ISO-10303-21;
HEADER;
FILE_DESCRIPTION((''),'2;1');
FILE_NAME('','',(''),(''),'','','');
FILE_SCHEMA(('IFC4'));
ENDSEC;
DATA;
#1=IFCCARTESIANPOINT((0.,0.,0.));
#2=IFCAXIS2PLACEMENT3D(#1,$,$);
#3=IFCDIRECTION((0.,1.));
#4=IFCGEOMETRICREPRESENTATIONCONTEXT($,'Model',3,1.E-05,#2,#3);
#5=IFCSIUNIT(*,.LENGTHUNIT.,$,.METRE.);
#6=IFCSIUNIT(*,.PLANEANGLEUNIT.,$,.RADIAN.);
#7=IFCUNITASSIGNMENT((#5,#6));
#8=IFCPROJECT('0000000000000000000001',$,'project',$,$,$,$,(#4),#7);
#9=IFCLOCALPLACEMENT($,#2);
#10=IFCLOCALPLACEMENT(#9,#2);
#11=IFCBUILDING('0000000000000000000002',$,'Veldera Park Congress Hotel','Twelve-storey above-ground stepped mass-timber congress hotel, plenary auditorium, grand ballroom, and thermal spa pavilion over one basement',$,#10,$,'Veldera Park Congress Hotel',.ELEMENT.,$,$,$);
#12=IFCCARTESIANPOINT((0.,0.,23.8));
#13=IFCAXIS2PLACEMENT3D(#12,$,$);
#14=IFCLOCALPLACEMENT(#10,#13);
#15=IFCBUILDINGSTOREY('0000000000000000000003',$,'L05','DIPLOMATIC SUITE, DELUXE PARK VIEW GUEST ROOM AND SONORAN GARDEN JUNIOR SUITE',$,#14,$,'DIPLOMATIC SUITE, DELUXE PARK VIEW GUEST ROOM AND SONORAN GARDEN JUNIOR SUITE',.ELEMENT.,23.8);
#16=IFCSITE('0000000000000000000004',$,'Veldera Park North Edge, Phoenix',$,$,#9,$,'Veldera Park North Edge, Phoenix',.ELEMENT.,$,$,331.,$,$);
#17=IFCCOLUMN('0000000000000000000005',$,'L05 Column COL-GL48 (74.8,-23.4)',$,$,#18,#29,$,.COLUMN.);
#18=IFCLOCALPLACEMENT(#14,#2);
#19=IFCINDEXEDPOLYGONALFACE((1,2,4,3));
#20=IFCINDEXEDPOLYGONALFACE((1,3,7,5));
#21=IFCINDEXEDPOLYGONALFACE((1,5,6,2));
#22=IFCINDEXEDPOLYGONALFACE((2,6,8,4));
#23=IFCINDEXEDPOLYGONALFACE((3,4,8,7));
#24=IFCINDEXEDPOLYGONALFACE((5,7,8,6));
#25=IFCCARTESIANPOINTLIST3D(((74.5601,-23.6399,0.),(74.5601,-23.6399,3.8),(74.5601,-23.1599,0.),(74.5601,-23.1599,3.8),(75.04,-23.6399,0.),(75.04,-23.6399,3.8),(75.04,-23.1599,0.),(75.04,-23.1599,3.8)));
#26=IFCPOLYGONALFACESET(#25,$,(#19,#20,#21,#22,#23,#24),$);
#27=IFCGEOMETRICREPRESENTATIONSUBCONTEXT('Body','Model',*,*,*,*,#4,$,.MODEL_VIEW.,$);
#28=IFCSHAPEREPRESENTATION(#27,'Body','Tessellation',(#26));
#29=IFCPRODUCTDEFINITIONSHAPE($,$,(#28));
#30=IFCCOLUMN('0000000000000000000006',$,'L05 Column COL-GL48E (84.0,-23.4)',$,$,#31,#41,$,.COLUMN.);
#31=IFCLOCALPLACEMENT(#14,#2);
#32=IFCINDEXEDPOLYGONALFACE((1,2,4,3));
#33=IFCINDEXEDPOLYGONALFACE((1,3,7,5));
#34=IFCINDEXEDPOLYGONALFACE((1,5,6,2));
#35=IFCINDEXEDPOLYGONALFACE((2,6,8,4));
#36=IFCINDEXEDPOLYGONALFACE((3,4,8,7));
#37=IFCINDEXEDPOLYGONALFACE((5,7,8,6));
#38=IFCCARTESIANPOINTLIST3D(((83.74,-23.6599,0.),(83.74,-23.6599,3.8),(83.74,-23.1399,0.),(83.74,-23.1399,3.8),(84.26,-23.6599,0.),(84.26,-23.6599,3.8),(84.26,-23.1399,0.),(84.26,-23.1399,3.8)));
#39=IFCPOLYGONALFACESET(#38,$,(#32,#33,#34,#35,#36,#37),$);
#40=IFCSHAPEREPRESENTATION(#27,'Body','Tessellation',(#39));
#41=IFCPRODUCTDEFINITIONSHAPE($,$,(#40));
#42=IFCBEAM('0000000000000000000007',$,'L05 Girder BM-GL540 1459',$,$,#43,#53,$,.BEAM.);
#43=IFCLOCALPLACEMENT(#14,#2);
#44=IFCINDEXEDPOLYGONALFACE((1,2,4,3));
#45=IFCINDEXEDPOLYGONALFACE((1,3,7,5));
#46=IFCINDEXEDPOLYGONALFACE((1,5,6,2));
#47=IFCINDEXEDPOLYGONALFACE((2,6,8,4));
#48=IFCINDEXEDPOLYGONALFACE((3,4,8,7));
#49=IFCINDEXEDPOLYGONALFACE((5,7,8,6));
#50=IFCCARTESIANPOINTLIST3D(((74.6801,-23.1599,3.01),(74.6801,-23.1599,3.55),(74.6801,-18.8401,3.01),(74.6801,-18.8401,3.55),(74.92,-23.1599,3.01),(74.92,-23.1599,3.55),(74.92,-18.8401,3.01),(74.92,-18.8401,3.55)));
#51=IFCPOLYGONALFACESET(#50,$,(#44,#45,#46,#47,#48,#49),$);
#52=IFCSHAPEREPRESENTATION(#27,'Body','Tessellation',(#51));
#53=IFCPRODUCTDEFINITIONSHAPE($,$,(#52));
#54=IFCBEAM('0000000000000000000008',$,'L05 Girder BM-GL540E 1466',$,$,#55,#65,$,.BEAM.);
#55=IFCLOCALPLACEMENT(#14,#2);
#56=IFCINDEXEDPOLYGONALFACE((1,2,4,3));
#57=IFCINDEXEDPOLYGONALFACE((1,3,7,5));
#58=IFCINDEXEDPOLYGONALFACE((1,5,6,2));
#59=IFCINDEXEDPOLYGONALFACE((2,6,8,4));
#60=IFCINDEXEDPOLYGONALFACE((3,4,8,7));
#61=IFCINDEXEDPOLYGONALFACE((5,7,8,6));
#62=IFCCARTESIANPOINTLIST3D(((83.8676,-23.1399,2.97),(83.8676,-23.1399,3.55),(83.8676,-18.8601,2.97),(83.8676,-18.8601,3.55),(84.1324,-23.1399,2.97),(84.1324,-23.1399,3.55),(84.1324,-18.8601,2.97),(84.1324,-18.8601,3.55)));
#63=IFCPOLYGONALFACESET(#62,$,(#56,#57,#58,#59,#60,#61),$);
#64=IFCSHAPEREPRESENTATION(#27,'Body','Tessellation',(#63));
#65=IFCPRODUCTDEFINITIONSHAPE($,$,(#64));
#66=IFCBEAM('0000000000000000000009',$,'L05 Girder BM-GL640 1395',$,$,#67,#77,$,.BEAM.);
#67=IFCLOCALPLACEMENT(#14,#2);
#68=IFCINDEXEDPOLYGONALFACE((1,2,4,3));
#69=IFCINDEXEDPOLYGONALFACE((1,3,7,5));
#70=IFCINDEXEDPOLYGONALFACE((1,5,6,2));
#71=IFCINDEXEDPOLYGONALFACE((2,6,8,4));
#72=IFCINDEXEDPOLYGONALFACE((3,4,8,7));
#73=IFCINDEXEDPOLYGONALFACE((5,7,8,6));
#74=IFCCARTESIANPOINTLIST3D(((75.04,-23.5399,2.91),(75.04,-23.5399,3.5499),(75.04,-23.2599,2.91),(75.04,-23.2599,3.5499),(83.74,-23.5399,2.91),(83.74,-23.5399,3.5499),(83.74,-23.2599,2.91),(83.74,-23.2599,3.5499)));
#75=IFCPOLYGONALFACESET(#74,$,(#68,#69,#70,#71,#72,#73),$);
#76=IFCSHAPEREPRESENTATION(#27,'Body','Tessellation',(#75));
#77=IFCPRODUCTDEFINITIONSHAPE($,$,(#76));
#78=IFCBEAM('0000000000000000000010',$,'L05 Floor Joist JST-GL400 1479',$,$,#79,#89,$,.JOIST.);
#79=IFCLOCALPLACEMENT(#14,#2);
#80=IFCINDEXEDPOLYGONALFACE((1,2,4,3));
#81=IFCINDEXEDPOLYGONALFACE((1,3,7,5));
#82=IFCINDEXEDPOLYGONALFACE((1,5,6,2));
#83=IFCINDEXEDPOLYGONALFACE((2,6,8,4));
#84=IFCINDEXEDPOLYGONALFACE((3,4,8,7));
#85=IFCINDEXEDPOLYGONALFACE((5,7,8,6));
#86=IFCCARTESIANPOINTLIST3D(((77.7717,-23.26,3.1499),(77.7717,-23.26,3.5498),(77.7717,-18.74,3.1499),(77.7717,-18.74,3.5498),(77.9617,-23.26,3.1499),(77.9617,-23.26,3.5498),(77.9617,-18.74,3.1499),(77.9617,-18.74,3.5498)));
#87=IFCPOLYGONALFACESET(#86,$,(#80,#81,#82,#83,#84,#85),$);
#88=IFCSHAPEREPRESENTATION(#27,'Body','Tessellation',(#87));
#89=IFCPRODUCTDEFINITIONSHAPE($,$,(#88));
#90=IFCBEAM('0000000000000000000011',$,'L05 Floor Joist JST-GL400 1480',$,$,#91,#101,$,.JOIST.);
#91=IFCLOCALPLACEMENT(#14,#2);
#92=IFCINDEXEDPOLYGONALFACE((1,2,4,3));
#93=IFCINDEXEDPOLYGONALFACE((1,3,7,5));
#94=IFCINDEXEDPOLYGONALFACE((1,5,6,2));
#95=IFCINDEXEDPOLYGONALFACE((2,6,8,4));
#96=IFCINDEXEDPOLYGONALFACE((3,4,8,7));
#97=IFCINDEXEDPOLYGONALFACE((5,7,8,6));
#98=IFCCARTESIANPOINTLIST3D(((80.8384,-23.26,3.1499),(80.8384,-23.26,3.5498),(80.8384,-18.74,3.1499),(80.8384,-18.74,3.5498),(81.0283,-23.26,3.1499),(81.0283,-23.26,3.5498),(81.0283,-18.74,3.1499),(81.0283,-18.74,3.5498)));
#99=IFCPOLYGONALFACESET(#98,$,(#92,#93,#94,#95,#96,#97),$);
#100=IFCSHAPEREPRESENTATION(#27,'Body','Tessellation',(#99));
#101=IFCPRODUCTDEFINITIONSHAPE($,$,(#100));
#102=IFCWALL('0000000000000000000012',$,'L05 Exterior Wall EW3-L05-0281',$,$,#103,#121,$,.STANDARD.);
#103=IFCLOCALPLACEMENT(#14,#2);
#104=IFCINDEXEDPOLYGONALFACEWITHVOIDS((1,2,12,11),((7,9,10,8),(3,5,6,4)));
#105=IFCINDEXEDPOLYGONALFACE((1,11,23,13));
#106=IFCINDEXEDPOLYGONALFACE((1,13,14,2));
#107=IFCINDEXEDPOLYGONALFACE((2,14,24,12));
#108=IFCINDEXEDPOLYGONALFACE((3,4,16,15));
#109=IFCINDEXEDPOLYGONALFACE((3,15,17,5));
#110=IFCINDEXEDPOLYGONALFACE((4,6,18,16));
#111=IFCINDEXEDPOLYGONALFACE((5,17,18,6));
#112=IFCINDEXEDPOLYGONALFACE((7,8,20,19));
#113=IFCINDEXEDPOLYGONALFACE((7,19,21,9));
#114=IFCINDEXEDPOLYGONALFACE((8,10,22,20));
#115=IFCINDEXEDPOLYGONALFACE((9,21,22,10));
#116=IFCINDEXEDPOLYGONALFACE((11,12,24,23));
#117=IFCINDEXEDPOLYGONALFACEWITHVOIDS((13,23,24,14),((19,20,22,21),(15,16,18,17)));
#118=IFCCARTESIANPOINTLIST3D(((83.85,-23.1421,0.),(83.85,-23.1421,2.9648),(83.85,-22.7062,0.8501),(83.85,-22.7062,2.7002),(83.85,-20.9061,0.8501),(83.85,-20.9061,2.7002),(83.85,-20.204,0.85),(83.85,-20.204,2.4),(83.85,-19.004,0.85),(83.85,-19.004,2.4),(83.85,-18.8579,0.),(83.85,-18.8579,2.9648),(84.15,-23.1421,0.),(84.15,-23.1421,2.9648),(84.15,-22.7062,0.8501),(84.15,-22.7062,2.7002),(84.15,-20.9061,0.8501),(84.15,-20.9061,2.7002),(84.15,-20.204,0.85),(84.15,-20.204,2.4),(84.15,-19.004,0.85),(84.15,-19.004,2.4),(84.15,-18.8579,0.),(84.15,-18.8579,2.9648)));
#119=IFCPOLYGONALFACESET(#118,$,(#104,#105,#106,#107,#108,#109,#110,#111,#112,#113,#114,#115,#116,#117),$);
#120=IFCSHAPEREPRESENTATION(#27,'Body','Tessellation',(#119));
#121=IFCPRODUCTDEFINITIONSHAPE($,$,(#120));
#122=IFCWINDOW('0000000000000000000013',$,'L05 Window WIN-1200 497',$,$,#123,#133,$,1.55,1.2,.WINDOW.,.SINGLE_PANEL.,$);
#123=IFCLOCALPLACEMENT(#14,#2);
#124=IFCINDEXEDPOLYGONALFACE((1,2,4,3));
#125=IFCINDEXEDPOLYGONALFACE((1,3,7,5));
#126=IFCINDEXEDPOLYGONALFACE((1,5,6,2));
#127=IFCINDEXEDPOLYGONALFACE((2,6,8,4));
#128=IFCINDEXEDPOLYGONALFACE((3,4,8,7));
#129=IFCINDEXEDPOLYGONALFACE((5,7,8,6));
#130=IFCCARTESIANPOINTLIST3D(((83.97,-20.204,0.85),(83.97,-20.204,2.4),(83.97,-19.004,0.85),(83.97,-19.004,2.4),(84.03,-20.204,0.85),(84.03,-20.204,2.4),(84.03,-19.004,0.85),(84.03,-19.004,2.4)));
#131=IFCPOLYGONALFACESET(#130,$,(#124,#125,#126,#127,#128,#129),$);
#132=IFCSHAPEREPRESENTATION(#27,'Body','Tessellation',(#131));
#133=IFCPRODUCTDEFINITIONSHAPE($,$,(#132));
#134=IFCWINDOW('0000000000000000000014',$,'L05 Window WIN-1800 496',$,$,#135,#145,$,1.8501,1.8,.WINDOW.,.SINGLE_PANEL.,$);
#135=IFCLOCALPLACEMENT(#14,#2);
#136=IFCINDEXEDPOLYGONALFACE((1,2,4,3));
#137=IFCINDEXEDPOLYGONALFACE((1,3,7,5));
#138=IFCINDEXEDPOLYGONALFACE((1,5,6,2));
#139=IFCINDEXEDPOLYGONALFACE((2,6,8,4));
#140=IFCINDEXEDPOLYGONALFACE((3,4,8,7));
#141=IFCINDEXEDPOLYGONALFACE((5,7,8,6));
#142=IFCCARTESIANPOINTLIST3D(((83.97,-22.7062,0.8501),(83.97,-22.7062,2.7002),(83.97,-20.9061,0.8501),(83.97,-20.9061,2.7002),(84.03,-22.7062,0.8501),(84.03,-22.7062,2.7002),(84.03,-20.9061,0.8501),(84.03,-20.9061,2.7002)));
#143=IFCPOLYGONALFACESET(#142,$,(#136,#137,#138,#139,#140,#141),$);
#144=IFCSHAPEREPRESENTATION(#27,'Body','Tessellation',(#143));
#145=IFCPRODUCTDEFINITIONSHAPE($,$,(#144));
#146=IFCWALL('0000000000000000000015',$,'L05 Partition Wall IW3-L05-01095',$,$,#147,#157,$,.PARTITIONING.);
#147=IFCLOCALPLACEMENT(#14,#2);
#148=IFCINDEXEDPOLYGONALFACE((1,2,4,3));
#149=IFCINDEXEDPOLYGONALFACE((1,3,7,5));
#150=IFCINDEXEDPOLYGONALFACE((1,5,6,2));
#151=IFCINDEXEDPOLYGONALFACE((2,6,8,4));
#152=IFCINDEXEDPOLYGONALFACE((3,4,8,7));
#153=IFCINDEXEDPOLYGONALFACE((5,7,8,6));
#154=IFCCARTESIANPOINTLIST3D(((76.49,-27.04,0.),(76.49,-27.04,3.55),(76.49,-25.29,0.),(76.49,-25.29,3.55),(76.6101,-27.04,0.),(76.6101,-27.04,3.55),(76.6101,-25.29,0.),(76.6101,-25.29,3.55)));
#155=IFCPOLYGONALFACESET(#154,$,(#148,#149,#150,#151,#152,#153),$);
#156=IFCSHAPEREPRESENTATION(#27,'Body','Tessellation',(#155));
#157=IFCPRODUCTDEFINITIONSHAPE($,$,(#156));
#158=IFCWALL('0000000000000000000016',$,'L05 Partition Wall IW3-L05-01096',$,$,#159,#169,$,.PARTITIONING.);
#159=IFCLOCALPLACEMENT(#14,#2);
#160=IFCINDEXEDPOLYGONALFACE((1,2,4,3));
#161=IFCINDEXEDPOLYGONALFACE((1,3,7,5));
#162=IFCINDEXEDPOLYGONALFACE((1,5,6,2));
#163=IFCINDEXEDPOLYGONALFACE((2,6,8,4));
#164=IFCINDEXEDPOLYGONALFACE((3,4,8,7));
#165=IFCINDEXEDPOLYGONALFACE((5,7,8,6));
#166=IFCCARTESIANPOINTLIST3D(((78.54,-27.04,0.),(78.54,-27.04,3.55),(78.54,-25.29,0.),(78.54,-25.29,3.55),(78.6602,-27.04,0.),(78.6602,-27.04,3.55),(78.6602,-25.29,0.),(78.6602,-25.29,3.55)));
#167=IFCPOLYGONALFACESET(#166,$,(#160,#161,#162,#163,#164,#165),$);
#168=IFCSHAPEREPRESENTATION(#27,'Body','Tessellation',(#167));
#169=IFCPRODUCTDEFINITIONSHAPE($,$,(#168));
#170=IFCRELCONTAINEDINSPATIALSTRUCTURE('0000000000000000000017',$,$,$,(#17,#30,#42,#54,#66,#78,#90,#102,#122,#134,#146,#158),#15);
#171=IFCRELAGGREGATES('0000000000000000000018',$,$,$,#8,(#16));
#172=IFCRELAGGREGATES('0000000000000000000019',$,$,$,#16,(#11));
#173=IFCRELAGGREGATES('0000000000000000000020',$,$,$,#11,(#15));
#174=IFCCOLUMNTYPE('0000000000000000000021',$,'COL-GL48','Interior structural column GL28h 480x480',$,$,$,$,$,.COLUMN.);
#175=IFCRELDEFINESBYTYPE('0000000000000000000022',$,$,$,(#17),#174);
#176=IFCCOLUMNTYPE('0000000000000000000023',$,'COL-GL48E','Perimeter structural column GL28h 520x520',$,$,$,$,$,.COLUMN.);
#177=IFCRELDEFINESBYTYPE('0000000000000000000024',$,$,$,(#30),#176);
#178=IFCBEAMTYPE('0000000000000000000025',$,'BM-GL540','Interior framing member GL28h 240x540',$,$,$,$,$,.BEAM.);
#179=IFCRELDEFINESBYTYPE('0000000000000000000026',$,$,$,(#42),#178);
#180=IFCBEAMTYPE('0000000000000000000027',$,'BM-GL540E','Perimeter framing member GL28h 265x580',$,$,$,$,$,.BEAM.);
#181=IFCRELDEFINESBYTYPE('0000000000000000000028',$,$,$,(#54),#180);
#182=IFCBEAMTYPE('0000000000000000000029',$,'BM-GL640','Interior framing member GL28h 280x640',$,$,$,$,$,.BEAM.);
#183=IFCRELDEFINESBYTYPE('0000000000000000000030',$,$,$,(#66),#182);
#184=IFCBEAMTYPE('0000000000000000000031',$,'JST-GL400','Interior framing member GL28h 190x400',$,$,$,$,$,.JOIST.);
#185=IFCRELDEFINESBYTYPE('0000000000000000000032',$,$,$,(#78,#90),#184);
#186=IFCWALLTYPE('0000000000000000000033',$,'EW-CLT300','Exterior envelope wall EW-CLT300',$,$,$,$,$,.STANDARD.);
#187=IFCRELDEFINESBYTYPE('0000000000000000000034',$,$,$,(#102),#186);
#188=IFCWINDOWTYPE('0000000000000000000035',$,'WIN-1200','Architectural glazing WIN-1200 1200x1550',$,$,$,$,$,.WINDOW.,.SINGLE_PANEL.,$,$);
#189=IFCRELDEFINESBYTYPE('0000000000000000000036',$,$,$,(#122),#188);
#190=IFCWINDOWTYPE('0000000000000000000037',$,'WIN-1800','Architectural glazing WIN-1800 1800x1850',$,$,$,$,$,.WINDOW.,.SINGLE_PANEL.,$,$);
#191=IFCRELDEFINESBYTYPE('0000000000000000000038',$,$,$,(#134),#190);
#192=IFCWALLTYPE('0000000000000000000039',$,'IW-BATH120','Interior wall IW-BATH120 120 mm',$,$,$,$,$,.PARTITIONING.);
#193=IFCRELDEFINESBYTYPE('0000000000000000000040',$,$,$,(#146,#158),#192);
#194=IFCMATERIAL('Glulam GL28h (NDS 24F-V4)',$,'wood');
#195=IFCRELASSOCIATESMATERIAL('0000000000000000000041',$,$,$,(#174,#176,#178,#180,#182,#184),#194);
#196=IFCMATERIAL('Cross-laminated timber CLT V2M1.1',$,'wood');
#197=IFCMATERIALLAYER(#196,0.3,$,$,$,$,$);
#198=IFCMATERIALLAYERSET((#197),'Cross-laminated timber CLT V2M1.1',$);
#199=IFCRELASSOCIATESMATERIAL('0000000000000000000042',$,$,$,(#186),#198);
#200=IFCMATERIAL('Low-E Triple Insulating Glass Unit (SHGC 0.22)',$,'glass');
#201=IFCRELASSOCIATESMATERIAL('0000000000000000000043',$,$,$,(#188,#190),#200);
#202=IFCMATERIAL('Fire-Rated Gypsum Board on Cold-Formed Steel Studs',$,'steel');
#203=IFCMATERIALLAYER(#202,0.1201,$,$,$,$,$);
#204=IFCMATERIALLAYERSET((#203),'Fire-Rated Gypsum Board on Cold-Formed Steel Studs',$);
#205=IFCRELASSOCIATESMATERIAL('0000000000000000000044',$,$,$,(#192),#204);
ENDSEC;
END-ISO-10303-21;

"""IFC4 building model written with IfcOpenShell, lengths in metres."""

from ifc_helpers import new_model, si_unit, direction, frame, frame_2d, origin, origin_2d, place, context, subcontext, project, spatial, rectangle, extrude, material, layer, layer_set, material_profile, profile_set, type_object, element, fill, save


model = new_model("IFC4")

# Units and contexts
model_context = context("Model", 3, precision=1e-05, world=origin(), true_north=direction((0.0, 1.0)))
body_context = subcontext(model_context, "Body", "Model", "MODEL_VIEW")
ifc_project = project(units=[si_unit("LENGTHUNIT", "METRE"), si_unit("PLANEANGLEUNIT", "RADIAN")], contexts=[model_context])

# Site, building, storey
site_placement = place(None, origin())
site = spatial("IfcSite", under=ifc_project, at=site_placement, Name="Veldera Park North Edge, Phoenix", LongName="Veldera Park North Edge, Phoenix", CompositionType="ELEMENT", RefElevation=331.0)
building_placement = place(site_placement, origin())
building = spatial("IfcBuilding", under=site, at=building_placement, Name="Veldera Park Congress Hotel", Description="Twelve-storey above-ground stepped mass-timber congress hotel, plenary auditorium, grand ballroom, and thermal spa pavilion over one basement", LongName="Veldera Park Congress Hotel", CompositionType="ELEMENT")
storey_placement = place(building_placement, frame((0.0, 0.0, 23.8)))
storey = spatial("IfcBuildingStorey", under=building, at=storey_placement, Name="L05", Description="DIPLOMATIC SUITE, DELUXE PARK VIEW GUEST ROOM AND SONORAN GARDEN JUNIOR SUITE", LongName="DIPLOMATIC SUITE, DELUXE PARK VIEW GUEST ROOM AND SONORAN GARDEN JUNIOR SUITE", CompositionType="ELEMENT", Elevation=23.8)

# Columns
ifc_material_1 = material(Name="Glulam GL28h (NDS 24F-V4)", Category="wood")
ifc_material_profile_1 = material_profile(ifc_material_1, rectangle(XDim=0.48, YDim=0.48, at=origin_2d()), Name="GL28h 480x480")
ifc_profile_set_1 = profile_set([ifc_material_profile_1], Name="Glulam GL28h (NDS 24F-V4)")
column_type_1 = type_object("IfcColumnType", Name="COL-GL48", Description="Interior structural column GL28h 480x480", PredefinedType="COLUMN", material=ifc_profile_set_1)
column_1_placement = place(storey_placement, frame((74.8, -23.3999, 0.0), z_axis=(0.0, 0.0, 1.0), x_axis=(1.0, 0.0, 0.0)))
element("IfcColumn", 1, at=column_1_placement, inside=storey, type_object=column_type_1, Name="L05 Column COL-GL48 (74.8,-23.4)", PredefinedType="COLUMN", context=body_context, shape_type="SweptSolid", body=[
    extrude(rectangle(XDim=0.48, YDim=0.48, at=origin_2d()), origin(), (0.0, 0.0, 1.0), 3.8),
])
ifc_material_profile_2 = material_profile(ifc_material_1, rectangle(XDim=0.52, YDim=0.52, at=origin_2d()), Name="GL28h 520x520")
ifc_profile_set_2 = profile_set([ifc_material_profile_2], Name="Glulam GL28h (NDS 24F-V4)")
column_type_2 = type_object("IfcColumnType", Name="COL-GL48E", Description="Perimeter structural column GL28h 520x520", PredefinedType="COLUMN", material=ifc_profile_set_2)
column_2_placement = place(storey_placement, frame((84.0, -23.3999, 0.0), z_axis=(0.0, 0.0, 1.0), x_axis=(1.0, 0.0, 0.0)))
element("IfcColumn", 2, at=column_2_placement, inside=storey, type_object=column_type_2, Name="L05 Column COL-GL48E (84.0,-23.4)", PredefinedType="COLUMN", context=body_context, shape_type="SweptSolid", body=[
    extrude(rectangle(XDim=0.52, YDim=0.52, at=origin_2d()), origin(), (0.0, 0.0, 1.0), 3.8),
])

# Beams
ifc_material_profile_3 = material_profile(ifc_material_1, rectangle(XDim=0.24, YDim=0.54, at=origin_2d()), Name="GL28h 240x540")
ifc_profile_set_3 = profile_set([ifc_material_profile_3], Name="Glulam GL28h (NDS 24F-V4)")
beam_type_1 = type_object("IfcBeamType", Name="BM-GL540", Description="Interior framing member GL28h 240x540", PredefinedType="BEAM", material=ifc_profile_set_3)
beam_1_placement = place(storey_placement, frame((74.8, -23.1599, 3.28), z_axis=(0.0, 1.0, 0.0), x_axis=(-1.0, 0.0, 0.0)))
element("IfcBeam", 3, at=beam_1_placement, inside=storey, type_object=beam_type_1, Name="L05 Girder BM-GL540 1459", PredefinedType="BEAM", context=body_context, shape_type="SweptSolid", body=[
    extrude(rectangle(XDim=0.24, YDim=0.54, at=origin_2d()), origin(), (0.0, 0.0, 1.0), 4.3198),
])
ifc_material_profile_4 = material_profile(ifc_material_1, rectangle(XDim=0.2649, YDim=0.5801, at=origin_2d()), Name="GL28h 265x580")
ifc_profile_set_4 = profile_set([ifc_material_profile_4], Name="Glulam GL28h (NDS 24F-V4)")
beam_type_2 = type_object("IfcBeamType", Name="BM-GL540E", Description="Perimeter framing member GL28h 265x580", PredefinedType="BEAM", material=ifc_profile_set_4)
beam_2_placement = place(storey_placement, frame((84.0, -23.1399, 3.26), z_axis=(0.0, 1.0, 0.0), x_axis=(-1.0, 0.0, 0.0)))
element("IfcBeam", 4, at=beam_2_placement, inside=storey, type_object=beam_type_2, Name="L05 Girder BM-GL540E 1466", PredefinedType="BEAM", context=body_context, shape_type="SweptSolid", body=[
    extrude(rectangle(XDim=0.2649, YDim=0.5801, at=origin_2d()), origin(), (0.0, 0.0, 1.0), 4.2798),
])
ifc_material_profile_5 = material_profile(ifc_material_1, rectangle(XDim=0.28, YDim=0.6399, at=origin_2d()), Name="GL28h 280x640")
ifc_profile_set_5 = profile_set([ifc_material_profile_5], Name="Glulam GL28h (NDS 24F-V4)")
beam_type_3 = type_object("IfcBeamType", Name="BM-GL640", Description="Interior framing member GL28h 280x640", PredefinedType="BEAM", material=ifc_profile_set_5)
beam_3_placement = place(storey_placement, frame((75.04, -23.3999, 3.23), z_axis=(1.0, 0.0, 0.0), x_axis=(0.0, 1.0, 0.0)))
element("IfcBeam", 5, at=beam_3_placement, inside=storey, type_object=beam_type_3, Name="L05 Girder BM-GL640 1395", PredefinedType="BEAM", context=body_context, shape_type="SweptSolid", body=[
    extrude(rectangle(XDim=0.28, YDim=0.6399, at=origin_2d()), origin(), (0.0, 0.0, 1.0), 8.7),
])
ifc_material_profile_6 = material_profile(ifc_material_1, rectangle(XDim=0.1899, YDim=0.3999, at=origin_2d()), Name="GL28h 190x400")
ifc_profile_set_6 = profile_set([ifc_material_profile_6], Name="Glulam GL28h (NDS 24F-V4)")
beam_type_4 = type_object("IfcBeamType", Name="JST-GL400", Description="Interior framing member GL28h 190x400", PredefinedType="JOIST", material=ifc_profile_set_6)
for number, where, z_axis, x_axis, name in (
    (6, (77.8667, -23.26, 3.3499), (0.0, 1.0, 0.0), (-1.0, 0.0, 0.0), "L05 Floor Joist JST-GL400 1479"),
    (7, (80.9333, -23.26, 3.3499), (0.0, 1.0, 0.0), (-1.0, 0.0, 0.0), "L05 Floor Joist JST-GL400 1480"),
):
    element("IfcBeam", number, at=place(storey_placement, frame(where, z_axis=z_axis, x_axis=x_axis)), inside=storey, type_object=beam_type_4, Name=name, PredefinedType="JOIST", context=body_context, shape_type="SweptSolid", body=[
        extrude(rectangle(XDim=0.1899, YDim=0.3999, at=origin_2d()), origin(), (0.0, 0.0, 1.0), 4.52),
    ])

# Wall, openings, windows
ifc_material_2 = material(Name="Cross-laminated timber CLT V2M1.1", Category="wood")
ifc_layer_1 = layer(ifc_material_2, 0.3)
ifc_layer_set_1 = layer_set([ifc_layer_1], Name="Cross-laminated timber CLT V2M1.1")
wall_type_1 = type_object("IfcWallType", Name="EW-CLT300", Description="Exterior envelope wall EW-CLT300", PredefinedType="STANDARD", material=ifc_layer_set_1)
wall_1_placement = place(storey_placement, frame((84.0, -23.1421, 0.0), z_axis=(0.0, 0.0, 1.0), x_axis=(0.0, 1.0, 0.0)))
wall_1 = element("IfcWall", 8, at=wall_1_placement, inside=storey, type_object=wall_type_1, Name="L05 Exterior Wall EW3-L05-0281", PredefinedType="STANDARD", context=body_context, shape_type="SweptSolid", body=[
    extrude(rectangle(XDim=4.2842, YDim=0.3, at=frame_2d((2.1421, 0.0))), origin(), (0.0, 0.0, 1.0), 2.9648),
])
opening_1_placement = place(wall_1_placement, frame((0.436, 0.0, 0.8501)))
opening_1 = element("IfcOpeningElement", 9, at=opening_1_placement, cuts=wall_1, PredefinedType="OPENING", context=body_context, shape_type="SweptSolid", body=[
    extrude(rectangle(XDim=1.8, YDim=1.8501, at=frame_2d((0.8999, 0.925))), frame((0.0, 0.1621, 0.0), z_axis=(0.0, -1.0, 0.0), x_axis=(1.0, 0.0, 0.0)), (0.0, 0.0, 1.0), 0.324),
])
opening_2_placement = place(wall_1_placement, frame((2.938, 0.0, 0.8501)))
opening_2 = element("IfcOpeningElement", 10, at=opening_2_placement, cuts=wall_1, PredefinedType="OPENING", context=body_context, shape_type="SweptSolid", body=[
    extrude(rectangle(XDim=1.2, YDim=1.55, at=frame_2d((0.6001, 0.7749))), frame((0.0, 0.1621, 0.0), z_axis=(0.0, -1.0, 0.0), x_axis=(1.0, 0.0, 0.0)), (0.0, 0.0, 1.0), 0.324),
])
ifc_material_3 = material(Name="Low-E Triple Insulating Glass Unit (SHGC 0.22)", Category="glass")
window_type_1 = type_object("IfcWindowType", Name="WIN-1200", Description="Architectural glazing WIN-1200 1200x1550", PartitioningType="SINGLE_PANEL", PredefinedType="WINDOW", material=ifc_material_3)
window_1_placement = place(opening_2_placement, origin())
window_1 = element("IfcWindow", 11, at=window_1_placement, inside=storey, type_object=window_type_1, Name="L05 Window WIN-1200 497", OverallHeight=1.55, OverallWidth=1.2, PartitioningType="SINGLE_PANEL", PredefinedType="WINDOW", context=body_context, shape_type="SweptSolid", body=[
    extrude(rectangle(XDim=1.2, YDim=1.55, at=frame_2d((0.6001, 0.7749))), frame((0.0, 0.03, 0.0), z_axis=(0.0, -1.0, 0.0), x_axis=(1.0, 0.0, 0.0)), (0.0, 0.0, 1.0), 0.0601),
])
fill(opening_2, window_1)
window_type_2 = type_object("IfcWindowType", Name="WIN-1800", Description="Architectural glazing WIN-1800 1800x1850", PartitioningType="SINGLE_PANEL", PredefinedType="WINDOW", material=ifc_material_3)
window_2_placement = place(opening_1_placement, origin())
window_2 = element("IfcWindow", 12, at=window_2_placement, inside=storey, type_object=window_type_2, Name="L05 Window WIN-1800 496", OverallHeight=1.8501, OverallWidth=1.8, PartitioningType="SINGLE_PANEL", PredefinedType="WINDOW", context=body_context, shape_type="SweptSolid", body=[
    extrude(rectangle(XDim=1.8, YDim=1.8501, at=frame_2d((0.8999, 0.925))), frame((0.0, 0.03, 0.0), z_axis=(0.0, -1.0, 0.0), x_axis=(1.0, 0.0, 0.0)), (0.0, 0.0, 1.0), 0.0601),
])
fill(opening_1, window_2)

# Walls
ifc_material_4 = material(Name="Fire-Rated Gypsum Board on Cold-Formed Steel Studs", Category="steel")
ifc_layer_2 = layer(ifc_material_4, 0.1201)
ifc_layer_set_2 = layer_set([ifc_layer_2], Name="Fire-Rated Gypsum Board on Cold-Formed Steel Studs")
wall_type_2 = type_object("IfcWallType", Name="IW-BATH120", Description="Interior wall IW-BATH120 120 mm", PredefinedType="PARTITIONING", material=ifc_layer_set_2)
for number, where, z_axis, x_axis, name in (
    (13, (76.55, -27.04, 0.0), (0.0, 0.0, 1.0), (0.0, 1.0, 0.0), "L05 Partition Wall IW3-L05-01095"),
    (14, (78.6001, -27.04, 0.0), (0.0, 0.0, 1.0), (0.0, 1.0, 0.0), "L05 Partition Wall IW3-L05-01096"),
):
    element("IfcWall", number, at=place(storey_placement, frame(where, z_axis=z_axis, x_axis=x_axis)), inside=storey, type_object=wall_type_2, Name=name, PredefinedType="PARTITIONING", context=body_context, shape_type="SweptSolid", body=[
        extrude(rectangle(XDim=1.75, YDim=0.1201, at=frame_2d((0.875, 0.0))), origin(), (0.0, 0.0, 1.0), 3.55),
    ])

save(model, "model.ifc")
